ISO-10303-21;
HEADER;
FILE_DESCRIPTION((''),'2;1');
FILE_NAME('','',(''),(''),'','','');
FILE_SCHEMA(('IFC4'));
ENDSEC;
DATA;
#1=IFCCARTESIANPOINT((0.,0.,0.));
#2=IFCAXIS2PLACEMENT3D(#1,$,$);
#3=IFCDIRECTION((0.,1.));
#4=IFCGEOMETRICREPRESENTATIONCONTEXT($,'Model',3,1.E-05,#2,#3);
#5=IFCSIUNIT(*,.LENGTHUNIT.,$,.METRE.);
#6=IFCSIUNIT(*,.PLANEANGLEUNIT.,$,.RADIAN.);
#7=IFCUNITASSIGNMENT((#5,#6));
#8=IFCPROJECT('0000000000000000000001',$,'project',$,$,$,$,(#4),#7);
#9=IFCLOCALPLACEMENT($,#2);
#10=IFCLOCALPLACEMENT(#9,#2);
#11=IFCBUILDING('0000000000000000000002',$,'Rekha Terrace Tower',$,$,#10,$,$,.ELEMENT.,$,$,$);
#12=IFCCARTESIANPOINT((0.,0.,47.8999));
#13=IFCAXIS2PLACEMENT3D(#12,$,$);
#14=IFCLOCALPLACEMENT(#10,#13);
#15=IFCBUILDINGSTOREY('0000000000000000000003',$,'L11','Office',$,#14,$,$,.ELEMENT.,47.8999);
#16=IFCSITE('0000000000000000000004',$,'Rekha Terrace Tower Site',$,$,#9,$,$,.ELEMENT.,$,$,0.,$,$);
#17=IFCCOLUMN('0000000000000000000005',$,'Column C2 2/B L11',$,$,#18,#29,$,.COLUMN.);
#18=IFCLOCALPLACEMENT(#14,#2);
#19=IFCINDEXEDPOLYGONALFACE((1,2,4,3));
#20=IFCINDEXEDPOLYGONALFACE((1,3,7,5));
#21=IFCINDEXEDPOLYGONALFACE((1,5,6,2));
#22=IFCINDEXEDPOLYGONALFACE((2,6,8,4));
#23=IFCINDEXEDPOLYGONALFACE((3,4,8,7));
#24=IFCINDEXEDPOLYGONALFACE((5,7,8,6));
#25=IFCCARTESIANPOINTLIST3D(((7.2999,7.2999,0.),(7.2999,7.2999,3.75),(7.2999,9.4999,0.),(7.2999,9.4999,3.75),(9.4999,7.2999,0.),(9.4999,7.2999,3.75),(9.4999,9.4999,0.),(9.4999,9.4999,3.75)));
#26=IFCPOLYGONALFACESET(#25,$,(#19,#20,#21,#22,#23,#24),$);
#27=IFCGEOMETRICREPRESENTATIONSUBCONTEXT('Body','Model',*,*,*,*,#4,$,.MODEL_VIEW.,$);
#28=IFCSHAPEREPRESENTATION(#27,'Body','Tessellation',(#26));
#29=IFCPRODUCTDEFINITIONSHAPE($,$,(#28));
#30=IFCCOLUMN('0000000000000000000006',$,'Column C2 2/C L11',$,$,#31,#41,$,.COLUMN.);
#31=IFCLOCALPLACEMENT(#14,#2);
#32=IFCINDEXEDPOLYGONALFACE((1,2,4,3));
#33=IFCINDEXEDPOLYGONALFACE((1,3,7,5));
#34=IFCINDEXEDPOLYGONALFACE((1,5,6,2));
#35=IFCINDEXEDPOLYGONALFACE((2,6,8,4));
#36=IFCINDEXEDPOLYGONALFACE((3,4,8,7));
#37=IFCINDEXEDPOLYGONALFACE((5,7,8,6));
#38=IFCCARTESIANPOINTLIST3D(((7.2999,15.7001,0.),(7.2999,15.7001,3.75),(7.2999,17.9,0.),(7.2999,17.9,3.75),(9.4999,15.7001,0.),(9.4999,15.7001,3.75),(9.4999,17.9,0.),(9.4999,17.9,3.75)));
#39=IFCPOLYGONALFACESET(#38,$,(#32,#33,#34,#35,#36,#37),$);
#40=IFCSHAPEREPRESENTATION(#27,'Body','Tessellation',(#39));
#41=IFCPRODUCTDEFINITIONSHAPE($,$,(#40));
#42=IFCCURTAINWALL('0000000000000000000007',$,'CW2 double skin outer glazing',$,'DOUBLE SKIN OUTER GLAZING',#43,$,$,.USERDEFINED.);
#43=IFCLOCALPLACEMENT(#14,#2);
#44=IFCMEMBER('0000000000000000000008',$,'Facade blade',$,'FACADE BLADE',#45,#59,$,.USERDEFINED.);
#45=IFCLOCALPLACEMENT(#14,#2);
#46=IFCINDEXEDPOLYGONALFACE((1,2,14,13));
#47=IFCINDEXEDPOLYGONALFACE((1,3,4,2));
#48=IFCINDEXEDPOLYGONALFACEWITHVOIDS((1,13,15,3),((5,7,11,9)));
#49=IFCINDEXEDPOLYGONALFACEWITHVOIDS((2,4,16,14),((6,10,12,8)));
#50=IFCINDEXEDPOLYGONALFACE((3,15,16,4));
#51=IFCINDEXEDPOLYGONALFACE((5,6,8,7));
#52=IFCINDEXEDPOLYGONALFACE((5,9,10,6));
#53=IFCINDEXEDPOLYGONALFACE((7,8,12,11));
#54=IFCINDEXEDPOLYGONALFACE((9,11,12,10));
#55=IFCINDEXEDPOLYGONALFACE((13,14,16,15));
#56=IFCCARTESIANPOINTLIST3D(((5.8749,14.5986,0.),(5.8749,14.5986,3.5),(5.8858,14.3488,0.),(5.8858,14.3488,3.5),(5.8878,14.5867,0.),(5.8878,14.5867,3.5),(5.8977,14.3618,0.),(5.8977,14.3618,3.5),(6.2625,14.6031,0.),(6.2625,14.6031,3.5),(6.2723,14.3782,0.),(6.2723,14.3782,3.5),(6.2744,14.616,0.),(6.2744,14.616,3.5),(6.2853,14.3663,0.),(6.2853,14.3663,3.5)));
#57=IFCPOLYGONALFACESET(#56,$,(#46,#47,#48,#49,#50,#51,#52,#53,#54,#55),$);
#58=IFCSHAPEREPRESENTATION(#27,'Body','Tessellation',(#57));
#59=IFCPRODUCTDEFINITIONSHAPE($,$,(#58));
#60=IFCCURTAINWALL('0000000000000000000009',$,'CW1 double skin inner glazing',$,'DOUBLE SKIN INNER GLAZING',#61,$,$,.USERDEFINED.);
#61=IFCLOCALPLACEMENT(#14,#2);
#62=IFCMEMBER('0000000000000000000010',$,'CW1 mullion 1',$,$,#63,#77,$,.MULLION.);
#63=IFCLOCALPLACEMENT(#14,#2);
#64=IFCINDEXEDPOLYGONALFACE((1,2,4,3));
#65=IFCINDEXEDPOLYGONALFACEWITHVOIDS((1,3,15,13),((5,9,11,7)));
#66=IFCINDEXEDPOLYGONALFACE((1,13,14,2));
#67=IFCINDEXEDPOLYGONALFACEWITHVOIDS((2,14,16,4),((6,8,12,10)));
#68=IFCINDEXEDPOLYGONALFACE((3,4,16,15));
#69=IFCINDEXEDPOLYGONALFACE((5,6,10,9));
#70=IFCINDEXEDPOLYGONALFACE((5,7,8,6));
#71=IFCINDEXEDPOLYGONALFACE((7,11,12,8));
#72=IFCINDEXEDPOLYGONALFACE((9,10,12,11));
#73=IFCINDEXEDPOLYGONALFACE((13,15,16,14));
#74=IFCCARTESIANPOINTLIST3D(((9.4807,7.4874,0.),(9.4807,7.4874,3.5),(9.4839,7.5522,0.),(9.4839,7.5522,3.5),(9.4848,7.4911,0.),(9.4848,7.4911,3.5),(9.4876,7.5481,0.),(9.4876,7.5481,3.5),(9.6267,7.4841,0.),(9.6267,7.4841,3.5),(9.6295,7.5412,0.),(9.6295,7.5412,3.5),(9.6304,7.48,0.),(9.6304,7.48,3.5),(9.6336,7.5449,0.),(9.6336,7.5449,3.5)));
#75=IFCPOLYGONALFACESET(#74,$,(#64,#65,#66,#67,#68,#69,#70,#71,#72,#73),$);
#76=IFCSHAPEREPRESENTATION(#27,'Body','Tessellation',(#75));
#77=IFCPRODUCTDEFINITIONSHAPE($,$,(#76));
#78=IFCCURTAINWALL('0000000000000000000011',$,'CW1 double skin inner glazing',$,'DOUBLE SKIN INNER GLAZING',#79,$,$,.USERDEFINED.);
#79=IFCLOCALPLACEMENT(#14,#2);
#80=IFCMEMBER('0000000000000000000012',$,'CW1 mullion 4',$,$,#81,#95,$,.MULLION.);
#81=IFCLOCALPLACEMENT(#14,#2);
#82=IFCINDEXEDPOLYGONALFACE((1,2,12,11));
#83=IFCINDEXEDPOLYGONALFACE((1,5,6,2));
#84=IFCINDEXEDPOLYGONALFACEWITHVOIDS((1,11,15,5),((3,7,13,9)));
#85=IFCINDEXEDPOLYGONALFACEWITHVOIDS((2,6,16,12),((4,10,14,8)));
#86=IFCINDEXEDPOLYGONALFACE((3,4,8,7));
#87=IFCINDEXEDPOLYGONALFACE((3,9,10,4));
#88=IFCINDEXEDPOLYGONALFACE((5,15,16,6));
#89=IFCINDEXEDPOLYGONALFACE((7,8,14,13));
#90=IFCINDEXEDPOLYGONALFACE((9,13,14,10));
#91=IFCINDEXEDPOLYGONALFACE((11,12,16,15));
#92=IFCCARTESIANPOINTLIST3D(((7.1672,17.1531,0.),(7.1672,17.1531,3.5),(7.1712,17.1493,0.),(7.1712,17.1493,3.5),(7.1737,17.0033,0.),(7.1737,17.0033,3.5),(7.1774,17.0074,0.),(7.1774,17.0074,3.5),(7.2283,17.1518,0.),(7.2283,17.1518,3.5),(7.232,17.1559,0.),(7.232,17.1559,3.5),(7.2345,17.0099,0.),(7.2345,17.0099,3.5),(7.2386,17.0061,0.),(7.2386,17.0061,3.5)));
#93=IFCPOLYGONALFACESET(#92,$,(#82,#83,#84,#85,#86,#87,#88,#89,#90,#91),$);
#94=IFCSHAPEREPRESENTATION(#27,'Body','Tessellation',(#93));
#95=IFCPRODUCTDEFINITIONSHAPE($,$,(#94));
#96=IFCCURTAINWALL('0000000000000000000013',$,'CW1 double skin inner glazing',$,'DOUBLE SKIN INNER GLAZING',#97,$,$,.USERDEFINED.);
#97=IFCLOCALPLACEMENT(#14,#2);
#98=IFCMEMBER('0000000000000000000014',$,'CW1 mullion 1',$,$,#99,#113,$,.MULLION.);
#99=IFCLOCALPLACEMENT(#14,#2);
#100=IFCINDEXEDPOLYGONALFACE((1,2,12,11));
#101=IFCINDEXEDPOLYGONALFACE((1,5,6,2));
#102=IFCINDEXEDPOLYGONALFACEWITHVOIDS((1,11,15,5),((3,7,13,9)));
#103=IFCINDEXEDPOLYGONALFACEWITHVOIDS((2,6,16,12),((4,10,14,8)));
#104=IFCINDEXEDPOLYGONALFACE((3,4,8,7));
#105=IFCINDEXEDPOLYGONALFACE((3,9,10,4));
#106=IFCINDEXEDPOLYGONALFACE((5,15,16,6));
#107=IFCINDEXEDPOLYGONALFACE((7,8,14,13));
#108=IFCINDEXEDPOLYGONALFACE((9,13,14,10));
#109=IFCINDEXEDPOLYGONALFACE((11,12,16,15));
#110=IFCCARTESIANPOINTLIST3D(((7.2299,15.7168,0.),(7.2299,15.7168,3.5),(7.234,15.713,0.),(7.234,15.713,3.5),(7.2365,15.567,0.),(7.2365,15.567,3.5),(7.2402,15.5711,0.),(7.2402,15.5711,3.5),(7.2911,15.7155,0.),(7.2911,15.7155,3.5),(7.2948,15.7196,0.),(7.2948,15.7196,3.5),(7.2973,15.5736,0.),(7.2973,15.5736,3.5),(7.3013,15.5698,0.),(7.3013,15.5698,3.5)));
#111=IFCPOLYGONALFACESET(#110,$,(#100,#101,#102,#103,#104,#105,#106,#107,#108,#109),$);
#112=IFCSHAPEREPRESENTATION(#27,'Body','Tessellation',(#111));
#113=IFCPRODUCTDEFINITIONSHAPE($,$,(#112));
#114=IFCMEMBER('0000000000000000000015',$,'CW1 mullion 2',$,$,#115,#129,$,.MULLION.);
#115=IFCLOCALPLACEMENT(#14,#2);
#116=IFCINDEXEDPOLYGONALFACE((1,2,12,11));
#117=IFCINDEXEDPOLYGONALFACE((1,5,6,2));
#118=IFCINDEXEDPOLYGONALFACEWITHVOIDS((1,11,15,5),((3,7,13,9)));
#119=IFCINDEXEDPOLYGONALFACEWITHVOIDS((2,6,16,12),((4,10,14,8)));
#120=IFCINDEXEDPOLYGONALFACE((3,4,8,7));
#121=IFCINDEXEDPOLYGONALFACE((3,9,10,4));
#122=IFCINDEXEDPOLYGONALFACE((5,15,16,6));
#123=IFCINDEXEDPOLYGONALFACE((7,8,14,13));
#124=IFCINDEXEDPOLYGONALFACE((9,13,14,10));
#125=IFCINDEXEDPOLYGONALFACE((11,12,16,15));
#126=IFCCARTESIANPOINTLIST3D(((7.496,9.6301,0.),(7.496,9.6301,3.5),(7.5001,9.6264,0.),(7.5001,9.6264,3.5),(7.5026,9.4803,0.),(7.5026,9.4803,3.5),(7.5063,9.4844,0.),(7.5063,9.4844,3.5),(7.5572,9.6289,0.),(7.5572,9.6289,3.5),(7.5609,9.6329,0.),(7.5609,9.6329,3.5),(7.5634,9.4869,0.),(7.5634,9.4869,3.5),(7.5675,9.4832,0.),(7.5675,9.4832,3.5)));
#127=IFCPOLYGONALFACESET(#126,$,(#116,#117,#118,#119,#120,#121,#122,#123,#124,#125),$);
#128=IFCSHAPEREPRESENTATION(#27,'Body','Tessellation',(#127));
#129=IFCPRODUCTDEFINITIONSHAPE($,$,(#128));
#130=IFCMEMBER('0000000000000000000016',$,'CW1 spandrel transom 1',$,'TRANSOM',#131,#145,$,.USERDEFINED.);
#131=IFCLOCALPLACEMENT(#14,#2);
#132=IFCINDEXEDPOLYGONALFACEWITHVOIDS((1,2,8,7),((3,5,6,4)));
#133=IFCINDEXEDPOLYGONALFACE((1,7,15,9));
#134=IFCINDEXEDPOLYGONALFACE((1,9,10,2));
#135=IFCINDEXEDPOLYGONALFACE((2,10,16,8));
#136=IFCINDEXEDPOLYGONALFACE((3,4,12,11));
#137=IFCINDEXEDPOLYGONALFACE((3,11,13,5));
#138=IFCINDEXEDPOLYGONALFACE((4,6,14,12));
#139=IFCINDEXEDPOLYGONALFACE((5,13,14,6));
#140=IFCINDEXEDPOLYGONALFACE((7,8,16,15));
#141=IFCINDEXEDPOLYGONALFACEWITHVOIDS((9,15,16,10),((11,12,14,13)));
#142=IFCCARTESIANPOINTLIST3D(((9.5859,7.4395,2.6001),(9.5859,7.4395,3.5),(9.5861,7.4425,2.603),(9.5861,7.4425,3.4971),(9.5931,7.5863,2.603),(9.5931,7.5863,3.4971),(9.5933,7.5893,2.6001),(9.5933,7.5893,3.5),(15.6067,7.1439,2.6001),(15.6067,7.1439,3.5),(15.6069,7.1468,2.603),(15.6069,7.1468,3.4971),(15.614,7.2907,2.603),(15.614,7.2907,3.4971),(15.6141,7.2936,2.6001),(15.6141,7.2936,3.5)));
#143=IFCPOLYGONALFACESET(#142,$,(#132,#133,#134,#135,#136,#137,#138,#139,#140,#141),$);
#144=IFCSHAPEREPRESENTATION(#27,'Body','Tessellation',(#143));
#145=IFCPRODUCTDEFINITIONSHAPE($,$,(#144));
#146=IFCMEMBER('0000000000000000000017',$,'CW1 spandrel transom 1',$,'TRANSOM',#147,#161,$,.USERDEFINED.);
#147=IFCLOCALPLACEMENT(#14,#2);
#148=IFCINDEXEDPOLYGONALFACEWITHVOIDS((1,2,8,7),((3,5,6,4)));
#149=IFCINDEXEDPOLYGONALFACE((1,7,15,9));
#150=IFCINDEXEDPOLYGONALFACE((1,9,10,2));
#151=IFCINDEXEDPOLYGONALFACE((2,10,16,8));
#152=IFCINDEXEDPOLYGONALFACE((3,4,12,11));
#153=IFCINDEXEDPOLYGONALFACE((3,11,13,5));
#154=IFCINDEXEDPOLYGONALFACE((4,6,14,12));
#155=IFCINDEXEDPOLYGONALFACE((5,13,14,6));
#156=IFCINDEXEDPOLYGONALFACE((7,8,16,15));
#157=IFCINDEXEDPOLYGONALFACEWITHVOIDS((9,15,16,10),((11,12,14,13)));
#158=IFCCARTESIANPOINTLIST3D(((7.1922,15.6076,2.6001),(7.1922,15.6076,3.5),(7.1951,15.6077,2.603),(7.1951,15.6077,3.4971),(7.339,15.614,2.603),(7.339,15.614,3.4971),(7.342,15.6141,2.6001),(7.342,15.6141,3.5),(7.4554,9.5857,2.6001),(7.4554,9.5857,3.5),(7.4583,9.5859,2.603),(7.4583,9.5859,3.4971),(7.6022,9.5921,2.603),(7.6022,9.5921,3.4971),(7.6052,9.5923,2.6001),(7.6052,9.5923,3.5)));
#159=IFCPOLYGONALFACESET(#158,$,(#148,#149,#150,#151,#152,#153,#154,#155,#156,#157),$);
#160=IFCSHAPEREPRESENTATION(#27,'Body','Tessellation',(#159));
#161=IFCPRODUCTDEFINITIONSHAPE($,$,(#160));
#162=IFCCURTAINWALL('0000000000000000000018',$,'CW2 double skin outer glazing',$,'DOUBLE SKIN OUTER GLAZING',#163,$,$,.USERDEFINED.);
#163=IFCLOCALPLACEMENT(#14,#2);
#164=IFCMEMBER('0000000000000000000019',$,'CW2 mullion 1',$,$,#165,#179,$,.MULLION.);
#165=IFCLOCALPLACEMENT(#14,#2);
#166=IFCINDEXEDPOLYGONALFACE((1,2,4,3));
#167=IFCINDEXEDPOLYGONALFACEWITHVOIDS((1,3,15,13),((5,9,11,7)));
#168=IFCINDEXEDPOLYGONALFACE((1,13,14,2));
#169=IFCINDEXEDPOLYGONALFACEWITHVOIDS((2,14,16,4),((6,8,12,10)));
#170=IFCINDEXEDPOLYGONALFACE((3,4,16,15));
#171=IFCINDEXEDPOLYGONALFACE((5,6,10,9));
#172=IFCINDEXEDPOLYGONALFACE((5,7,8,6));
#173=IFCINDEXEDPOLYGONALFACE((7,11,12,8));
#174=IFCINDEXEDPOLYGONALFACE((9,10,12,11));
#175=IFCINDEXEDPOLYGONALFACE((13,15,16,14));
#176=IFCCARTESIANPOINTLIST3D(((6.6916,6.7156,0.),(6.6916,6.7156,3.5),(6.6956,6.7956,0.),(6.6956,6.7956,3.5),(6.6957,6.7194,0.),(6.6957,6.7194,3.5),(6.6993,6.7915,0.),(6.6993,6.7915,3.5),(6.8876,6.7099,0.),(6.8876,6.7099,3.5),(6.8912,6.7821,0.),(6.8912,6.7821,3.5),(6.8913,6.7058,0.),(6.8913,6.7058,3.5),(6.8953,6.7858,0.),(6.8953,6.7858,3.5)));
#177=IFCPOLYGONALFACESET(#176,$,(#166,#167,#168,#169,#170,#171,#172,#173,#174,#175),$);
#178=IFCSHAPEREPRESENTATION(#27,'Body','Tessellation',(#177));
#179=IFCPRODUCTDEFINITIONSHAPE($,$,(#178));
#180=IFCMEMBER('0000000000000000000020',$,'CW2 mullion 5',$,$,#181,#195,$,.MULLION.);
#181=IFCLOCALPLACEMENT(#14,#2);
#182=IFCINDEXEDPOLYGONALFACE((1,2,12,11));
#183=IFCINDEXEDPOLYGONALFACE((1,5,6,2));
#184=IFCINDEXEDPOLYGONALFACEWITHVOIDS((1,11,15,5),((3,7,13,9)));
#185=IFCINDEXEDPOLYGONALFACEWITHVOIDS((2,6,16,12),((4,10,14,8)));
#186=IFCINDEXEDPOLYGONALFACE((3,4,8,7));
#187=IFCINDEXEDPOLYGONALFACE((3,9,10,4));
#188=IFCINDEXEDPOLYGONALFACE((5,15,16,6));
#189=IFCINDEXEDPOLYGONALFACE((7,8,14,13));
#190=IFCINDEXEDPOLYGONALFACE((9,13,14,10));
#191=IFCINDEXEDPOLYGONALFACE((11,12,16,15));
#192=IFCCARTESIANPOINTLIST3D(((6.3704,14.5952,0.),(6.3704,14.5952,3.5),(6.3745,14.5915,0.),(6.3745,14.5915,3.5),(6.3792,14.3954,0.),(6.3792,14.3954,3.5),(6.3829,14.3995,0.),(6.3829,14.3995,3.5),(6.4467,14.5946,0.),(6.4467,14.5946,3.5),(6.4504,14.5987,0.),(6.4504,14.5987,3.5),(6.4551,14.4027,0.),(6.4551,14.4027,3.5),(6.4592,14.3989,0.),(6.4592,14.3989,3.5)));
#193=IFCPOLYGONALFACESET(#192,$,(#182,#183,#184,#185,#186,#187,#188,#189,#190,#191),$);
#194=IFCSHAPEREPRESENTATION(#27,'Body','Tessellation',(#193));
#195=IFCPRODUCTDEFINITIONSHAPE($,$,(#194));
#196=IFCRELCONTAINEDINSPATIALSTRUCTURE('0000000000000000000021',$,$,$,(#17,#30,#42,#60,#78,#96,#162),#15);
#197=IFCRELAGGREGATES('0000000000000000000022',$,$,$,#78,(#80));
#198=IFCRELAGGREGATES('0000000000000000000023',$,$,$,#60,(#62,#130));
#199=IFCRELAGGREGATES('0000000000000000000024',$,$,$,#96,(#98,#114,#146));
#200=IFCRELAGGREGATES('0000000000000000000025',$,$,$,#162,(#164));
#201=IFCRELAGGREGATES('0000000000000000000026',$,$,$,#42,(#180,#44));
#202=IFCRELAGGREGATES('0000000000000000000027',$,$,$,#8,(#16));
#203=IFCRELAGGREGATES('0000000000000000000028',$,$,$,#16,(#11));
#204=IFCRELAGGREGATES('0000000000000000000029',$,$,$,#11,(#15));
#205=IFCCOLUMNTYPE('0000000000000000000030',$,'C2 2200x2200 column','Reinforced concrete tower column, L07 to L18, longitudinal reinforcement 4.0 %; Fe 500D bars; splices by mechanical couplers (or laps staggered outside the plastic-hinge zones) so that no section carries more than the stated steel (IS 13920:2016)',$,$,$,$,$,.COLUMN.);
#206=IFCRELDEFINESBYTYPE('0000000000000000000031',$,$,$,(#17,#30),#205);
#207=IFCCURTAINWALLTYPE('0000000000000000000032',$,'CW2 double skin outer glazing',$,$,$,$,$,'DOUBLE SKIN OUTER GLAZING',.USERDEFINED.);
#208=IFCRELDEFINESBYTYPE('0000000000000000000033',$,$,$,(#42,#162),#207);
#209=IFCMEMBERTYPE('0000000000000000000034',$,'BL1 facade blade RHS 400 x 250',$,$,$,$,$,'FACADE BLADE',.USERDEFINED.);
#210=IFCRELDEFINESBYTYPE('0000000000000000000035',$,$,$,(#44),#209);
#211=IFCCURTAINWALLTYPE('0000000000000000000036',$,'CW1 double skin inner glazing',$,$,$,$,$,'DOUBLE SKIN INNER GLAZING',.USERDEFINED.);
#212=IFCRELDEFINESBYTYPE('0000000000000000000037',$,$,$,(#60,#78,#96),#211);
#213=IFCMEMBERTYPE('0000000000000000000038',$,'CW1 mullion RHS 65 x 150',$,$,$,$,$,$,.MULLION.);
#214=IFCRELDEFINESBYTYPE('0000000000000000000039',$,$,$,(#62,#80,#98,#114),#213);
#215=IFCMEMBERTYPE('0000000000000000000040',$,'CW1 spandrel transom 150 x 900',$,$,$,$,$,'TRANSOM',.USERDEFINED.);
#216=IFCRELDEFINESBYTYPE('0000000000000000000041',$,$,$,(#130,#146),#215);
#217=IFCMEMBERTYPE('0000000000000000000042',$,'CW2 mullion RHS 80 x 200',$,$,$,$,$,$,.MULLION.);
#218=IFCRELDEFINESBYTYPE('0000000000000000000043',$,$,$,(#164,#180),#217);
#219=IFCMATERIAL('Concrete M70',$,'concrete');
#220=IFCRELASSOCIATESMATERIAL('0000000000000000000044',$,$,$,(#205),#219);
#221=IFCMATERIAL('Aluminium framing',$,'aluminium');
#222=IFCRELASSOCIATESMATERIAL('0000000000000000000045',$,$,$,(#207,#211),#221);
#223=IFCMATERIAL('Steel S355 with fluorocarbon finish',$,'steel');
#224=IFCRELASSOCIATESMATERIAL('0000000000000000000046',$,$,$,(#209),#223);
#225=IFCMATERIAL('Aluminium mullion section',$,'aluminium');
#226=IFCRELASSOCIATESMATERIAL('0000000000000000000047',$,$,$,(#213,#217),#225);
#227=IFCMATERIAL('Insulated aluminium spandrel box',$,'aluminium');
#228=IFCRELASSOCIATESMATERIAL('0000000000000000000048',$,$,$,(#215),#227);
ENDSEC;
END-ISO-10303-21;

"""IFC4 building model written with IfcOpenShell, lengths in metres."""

from ifc_helpers import new_model, si_unit, direction, frame, origin, origin_2d, place, context, subcontext, project, spatial, rectangle, hollow_rectangle, extrude, material, material_profile, profile_set, type_object, element, aggregate, save


model = new_model("IFC4")

# Units and contexts
model_context = context("Model", 3, precision=1e-05, world=origin(), true_north=direction((0.0, 1.0)))
body_context = subcontext(model_context, "Body", "Model", "MODEL_VIEW")
ifc_project = project(units=[si_unit("LENGTHUNIT", "METRE"), si_unit("PLANEANGLEUNIT", "RADIAN")], contexts=[model_context])

# Site, building, storey
site_placement = place(None, origin())
site = spatial("IfcSite", under=ifc_project, at=site_placement, Name="Rekha Terrace Tower Site", CompositionType="ELEMENT", RefElevation=0.0)
building_placement = place(site_placement, origin())
building = spatial("IfcBuilding", under=site, at=building_placement, Name="Rekha Terrace Tower", CompositionType="ELEMENT")
storey_placement = place(building_placement, frame((0.0, 0.0, 47.8999)))
storey = spatial("IfcBuildingStorey", under=building, at=storey_placement, Name="L11", Description="Office", CompositionType="ELEMENT", Elevation=47.8999)

# Columns
ifc_material_1 = material(Name="Concrete M70", Category="concrete")
ifc_material_profile_1 = material_profile(ifc_material_1, rectangle(XDim=2.2, YDim=2.2, at=origin_2d()), Name="RC 2200x2200")
ifc_profile_set_1 = profile_set([ifc_material_profile_1], Name="Concrete M70")
column_type = type_object("IfcColumnType", Name="C2 2200x2200 column", Description="Reinforced concrete tower column, L07 to L18, longitudinal reinforcement 4.0 %; Fe 500D bars; splices by mechanical couplers (or laps staggered outside the plastic-hinge zones) so that no section carries more than the stated steel (IS 13920:2016)", PredefinedType="COLUMN", material=ifc_profile_set_1)
for number, where, z_axis, x_axis, name in (
    (1, (8.3999, 8.3999, 0.0), (0.0, 0.0, 1.0), (1.0, 0.0, 0.0), "Column C2 2/B L11"),
    (2, (8.3999, 16.8, 0.0), (0.0, 0.0, 1.0), (1.0, 0.0, 0.0), "Column C2 2/C L11"),
):
    element("IfcColumn", number, at=place(storey_placement, frame(where, z_axis=z_axis, x_axis=x_axis)), inside=storey, type_object=column_type, Name=name, PredefinedType="COLUMN", context=body_context, shape_type="SweptSolid", body=[
        extrude(rectangle(XDim=2.2, YDim=2.2, at=origin_2d()), origin(), (0.0, 0.0, 1.0), 3.75),
    ])

# Curtain walls, members
ifc_material_2 = material(Name="Aluminium framing", Category="aluminium")
curtain_wall_type_1 = type_object("IfcCurtainWallType", Name="CW2 double skin outer glazing", ElementType="DOUBLE SKIN OUTER GLAZING", PredefinedType="USERDEFINED", material=ifc_material_2)
curtain_wall_1_placement = place(storey_placement, origin())
curtain_wall_1 = element("IfcCurtainWall", 3, at=curtain_wall_1_placement, inside=storey, type_object=curtain_wall_type_1, Name="CW2 double skin outer glazing", ObjectType="DOUBLE SKIN OUTER GLAZING", PredefinedType="USERDEFINED")
ifc_material_3 = material(Name="Steel S355 with fluorocarbon finish", Category="steel")
ifc_material_profile_2 = material_profile(ifc_material_3, hollow_rectangle(XDim=0.25, YDim=0.3999, WallThickness=0.0125, at=origin_2d()), Name="RHS400x250x12.5")
ifc_profile_set_2 = profile_set([ifc_material_profile_2], Name="Steel S355 with fluorocarbon finish")
member_type_1 = type_object("IfcMemberType", Name="BL1 facade blade RHS 400 x 250", ElementType="FACADE BLADE", PredefinedType="USERDEFINED", material=ifc_profile_set_2)
member_1_placement = place(storey_placement, frame((6.0801, 14.4824, 0.0), z_axis=(0.0, 0.0, 1.0), x_axis=(0.043682, -0.999045, 0.0)))
member_1 = element("IfcMember", 4, at=member_1_placement, type_object=member_type_1, Name="Facade blade", ObjectType="FACADE BLADE", PredefinedType="USERDEFINED", context=body_context, shape_type="SweptSolid", body=[
    extrude(hollow_rectangle(XDim=0.25, YDim=0.3999, WallThickness=0.0125, at=origin_2d()), origin(), (0.0, 0.0, 1.0), 3.5),
])
curtain_wall_type_2 = type_object("IfcCurtainWallType", Name="CW1 double skin inner glazing", ElementType="DOUBLE SKIN INNER GLAZING", PredefinedType="USERDEFINED", material=ifc_material_2)
curtain_wall_2_placement = place(storey_placement, origin())
curtain_wall_2 = element("IfcCurtainWall", 5, at=curtain_wall_2_placement, inside=storey, type_object=curtain_wall_type_2, Name="CW1 double skin inner glazing", ObjectType="DOUBLE SKIN INNER GLAZING", PredefinedType="USERDEFINED")
ifc_material_4 = material(Name="Aluminium mullion section", Category="aluminium")
ifc_material_profile_3 = material_profile(ifc_material_4, hollow_rectangle(XDim=0.0649, YDim=0.1499, WallThickness=0.0039, at=origin_2d()), Name="AL RHS 65x150")
ifc_profile_set_3 = profile_set([ifc_material_profile_3], Name="Aluminium mullion section")
member_type_2 = type_object("IfcMemberType", Name="CW1 mullion RHS 65 x 150", PredefinedType="MULLION", material=ifc_profile_set_3)
member_2_placement = place(storey_placement, frame((9.5571, 7.5161, 0.0), z_axis=(0.0, 0.0, 1.0), x_axis=(0.049052, 0.998796, 0.0)))
member_2 = element("IfcMember", 6, at=member_2_placement, type_object=member_type_2, Name="CW1 mullion 1", PredefinedType="MULLION", context=body_context, shape_type="SweptSolid", body=[
    extrude(hollow_rectangle(XDim=0.0649, YDim=0.1499, WallThickness=0.0039, at=origin_2d()), origin(), (0.0, 0.0, 1.0), 3.5),
])
curtain_wall_3_placement = place(storey_placement, origin())
curtain_wall_3 = element("IfcCurtainWall", 7, at=curtain_wall_3_placement, inside=storey, type_object=curtain_wall_type_2, Name="CW1 double skin inner glazing", ObjectType="DOUBLE SKIN INNER GLAZING", PredefinedType="USERDEFINED")
member_3_placement = place(storey_placement, frame((7.2029, 17.0796, 0.0), z_axis=(0.0, 0.0, 1.0), x_axis=(0.999045, 0.043683, 0.0)))
member_3 = element("IfcMember", 8, at=member_3_placement, type_object=member_type_2, Name="CW1 mullion 4", PredefinedType="MULLION", context=body_context, shape_type="SweptSolid", body=[
    extrude(hollow_rectangle(XDim=0.0649, YDim=0.1499, WallThickness=0.0039, at=origin_2d()), origin(), (0.0, 0.0, 1.0), 3.5),
])
aggregate(curtain_wall_3, [member_3])

# Curtain wall, members
curtain_wall_4_placement = place(storey_placement, origin())
curtain_wall_4 = element("IfcCurtainWall", 9, at=curtain_wall_4_placement, inside=storey, type_object=curtain_wall_type_2, Name="CW1 double skin inner glazing", ObjectType="DOUBLE SKIN INNER GLAZING", PredefinedType="USERDEFINED")
member_4_placement = place(storey_placement, frame((7.2656, 15.6433, 0.0), z_axis=(0.0, 0.0, 1.0), x_axis=(0.999045, 0.043683, 0.0)))
member_4 = element("IfcMember", 10, at=member_4_placement, type_object=member_type_2, Name="CW1 mullion 1", PredefinedType="MULLION", context=body_context, shape_type="SweptSolid", body=[
    extrude(hollow_rectangle(XDim=0.0649, YDim=0.1499, WallThickness=0.0039, at=origin_2d()), origin(), (0.0, 0.0, 1.0), 3.5),
])
member_5_placement = place(storey_placement, frame((7.5317, 9.5566, 0.0), z_axis=(0.0, 0.0, 1.0), x_axis=(0.999045, 0.043683, 0.0)))
member_5 = element("IfcMember", 11, at=member_5_placement, type_object=member_type_2, Name="CW1 mullion 2", PredefinedType="MULLION", context=body_context, shape_type="SweptSolid", body=[
    extrude(hollow_rectangle(XDim=0.0649, YDim=0.1499, WallThickness=0.0039, at=origin_2d()), origin(), (0.0, 0.0, 1.0), 3.5),
])

# Members
ifc_material_5 = material(Name="Insulated aluminium spandrel box", Category="aluminium")
ifc_material_profile_4 = material_profile(ifc_material_5, hollow_rectangle(XDim=0.1499, YDim=0.8999, WallThickness=0.0029, at=origin_2d()), Name="AL SPANDREL BOX 150x900")
ifc_profile_set_4 = profile_set([ifc_material_profile_4], Name="Insulated aluminium spandrel box")
member_type_3 = type_object("IfcMemberType", Name="CW1 spandrel transom 150 x 900", ElementType="TRANSOM", PredefinedType="USERDEFINED", material=ifc_profile_set_4)
member_6_placement = place(storey_placement, frame((9.5896, 7.5144, 3.05), z_axis=(0.998796, -0.049047, 0.0), x_axis=(0.049047, 0.998796, 0.0)))
member_6 = element("IfcMember", 12, at=member_6_placement, type_object=member_type_3, Name="CW1 spandrel transom 1", ObjectType="TRANSOM", PredefinedType="USERDEFINED", context=body_context, shape_type="SweptSolid", body=[
    extrude(hollow_rectangle(XDim=0.1499, YDim=0.8999, WallThickness=0.0029, at=origin_2d()), origin(), (0.0, 0.0, 1.0), 6.0281),
])
aggregate(curtain_wall_2, [member_2, member_6])
member_7_placement = place(storey_placement, frame((7.2671, 15.6108, 3.05), z_axis=(0.043664, -0.999046, 0.0), x_axis=(0.999046, 0.043664, 0.0)))
member_7 = element("IfcMember", 13, at=member_7_placement, type_object=member_type_3, Name="CW1 spandrel transom 1", ObjectType="TRANSOM", PredefinedType="USERDEFINED", context=body_context, shape_type="SweptSolid", body=[
    extrude(hollow_rectangle(XDim=0.1499, YDim=0.8999, WallThickness=0.0029, at=origin_2d()), origin(), (0.0, 0.0, 1.0), 6.0276),
])

# Curtain wall, member
curtain_wall_5_placement = place(storey_placement, origin())
curtain_wall_5 = element("IfcCurtainWall", 14, at=curtain_wall_5_placement, inside=storey, type_object=curtain_wall_type_1, Name="CW2 double skin outer glazing", ObjectType="DOUBLE SKIN OUTER GLAZING", PredefinedType="USERDEFINED")
ifc_material_profile_5 = material_profile(ifc_material_4, hollow_rectangle(XDim=0.0801, YDim=0.2, WallThickness=0.0039, at=origin_2d()), Name="AL RHS 80x200")
ifc_profile_set_5 = profile_set([ifc_material_profile_5], Name="Aluminium mullion section")
member_type_4 = type_object("IfcMemberType", Name="CW2 mullion RHS 80 x 200", PredefinedType="MULLION", material=ifc_profile_set_5)
member_8_placement = place(storey_placement, frame((6.7935, 6.7507, 0.0), z_axis=(0.0, 0.0, 1.0), x_axis=(0.049052, 0.998796, 0.0)))
member_8 = element("IfcMember", 15, at=member_8_placement, type_object=member_type_4, Name="CW2 mullion 1", PredefinedType="MULLION", context=body_context, shape_type="SweptSolid", body=[
    extrude(hollow_rectangle(XDim=0.0801, YDim=0.2, WallThickness=0.0039, at=origin_2d()), origin(), (0.0, 0.0, 1.0), 3.5),
])

# Member
member_9_placement = place(storey_placement, frame((6.4148, 14.4971, 0.0), z_axis=(0.0, 0.0, 1.0), x_axis=(0.999045, 0.043683, 0.0)))
member_9 = element("IfcMember", 16, at=member_9_placement, type_object=member_type_4, Name="CW2 mullion 5", PredefinedType="MULLION", context=body_context, shape_type="SweptSolid", body=[
    extrude(hollow_rectangle(XDim=0.0801, YDim=0.2, WallThickness=0.0039, at=origin_2d()), origin(), (0.0, 0.0, 1.0), 3.5),
])

aggregate(curtain_wall_4, [member_4, member_5, member_7])
aggregate(curtain_wall_5, [member_8])
aggregate(curtain_wall_1, [member_9, member_1])

save(model, "model.ifc")
